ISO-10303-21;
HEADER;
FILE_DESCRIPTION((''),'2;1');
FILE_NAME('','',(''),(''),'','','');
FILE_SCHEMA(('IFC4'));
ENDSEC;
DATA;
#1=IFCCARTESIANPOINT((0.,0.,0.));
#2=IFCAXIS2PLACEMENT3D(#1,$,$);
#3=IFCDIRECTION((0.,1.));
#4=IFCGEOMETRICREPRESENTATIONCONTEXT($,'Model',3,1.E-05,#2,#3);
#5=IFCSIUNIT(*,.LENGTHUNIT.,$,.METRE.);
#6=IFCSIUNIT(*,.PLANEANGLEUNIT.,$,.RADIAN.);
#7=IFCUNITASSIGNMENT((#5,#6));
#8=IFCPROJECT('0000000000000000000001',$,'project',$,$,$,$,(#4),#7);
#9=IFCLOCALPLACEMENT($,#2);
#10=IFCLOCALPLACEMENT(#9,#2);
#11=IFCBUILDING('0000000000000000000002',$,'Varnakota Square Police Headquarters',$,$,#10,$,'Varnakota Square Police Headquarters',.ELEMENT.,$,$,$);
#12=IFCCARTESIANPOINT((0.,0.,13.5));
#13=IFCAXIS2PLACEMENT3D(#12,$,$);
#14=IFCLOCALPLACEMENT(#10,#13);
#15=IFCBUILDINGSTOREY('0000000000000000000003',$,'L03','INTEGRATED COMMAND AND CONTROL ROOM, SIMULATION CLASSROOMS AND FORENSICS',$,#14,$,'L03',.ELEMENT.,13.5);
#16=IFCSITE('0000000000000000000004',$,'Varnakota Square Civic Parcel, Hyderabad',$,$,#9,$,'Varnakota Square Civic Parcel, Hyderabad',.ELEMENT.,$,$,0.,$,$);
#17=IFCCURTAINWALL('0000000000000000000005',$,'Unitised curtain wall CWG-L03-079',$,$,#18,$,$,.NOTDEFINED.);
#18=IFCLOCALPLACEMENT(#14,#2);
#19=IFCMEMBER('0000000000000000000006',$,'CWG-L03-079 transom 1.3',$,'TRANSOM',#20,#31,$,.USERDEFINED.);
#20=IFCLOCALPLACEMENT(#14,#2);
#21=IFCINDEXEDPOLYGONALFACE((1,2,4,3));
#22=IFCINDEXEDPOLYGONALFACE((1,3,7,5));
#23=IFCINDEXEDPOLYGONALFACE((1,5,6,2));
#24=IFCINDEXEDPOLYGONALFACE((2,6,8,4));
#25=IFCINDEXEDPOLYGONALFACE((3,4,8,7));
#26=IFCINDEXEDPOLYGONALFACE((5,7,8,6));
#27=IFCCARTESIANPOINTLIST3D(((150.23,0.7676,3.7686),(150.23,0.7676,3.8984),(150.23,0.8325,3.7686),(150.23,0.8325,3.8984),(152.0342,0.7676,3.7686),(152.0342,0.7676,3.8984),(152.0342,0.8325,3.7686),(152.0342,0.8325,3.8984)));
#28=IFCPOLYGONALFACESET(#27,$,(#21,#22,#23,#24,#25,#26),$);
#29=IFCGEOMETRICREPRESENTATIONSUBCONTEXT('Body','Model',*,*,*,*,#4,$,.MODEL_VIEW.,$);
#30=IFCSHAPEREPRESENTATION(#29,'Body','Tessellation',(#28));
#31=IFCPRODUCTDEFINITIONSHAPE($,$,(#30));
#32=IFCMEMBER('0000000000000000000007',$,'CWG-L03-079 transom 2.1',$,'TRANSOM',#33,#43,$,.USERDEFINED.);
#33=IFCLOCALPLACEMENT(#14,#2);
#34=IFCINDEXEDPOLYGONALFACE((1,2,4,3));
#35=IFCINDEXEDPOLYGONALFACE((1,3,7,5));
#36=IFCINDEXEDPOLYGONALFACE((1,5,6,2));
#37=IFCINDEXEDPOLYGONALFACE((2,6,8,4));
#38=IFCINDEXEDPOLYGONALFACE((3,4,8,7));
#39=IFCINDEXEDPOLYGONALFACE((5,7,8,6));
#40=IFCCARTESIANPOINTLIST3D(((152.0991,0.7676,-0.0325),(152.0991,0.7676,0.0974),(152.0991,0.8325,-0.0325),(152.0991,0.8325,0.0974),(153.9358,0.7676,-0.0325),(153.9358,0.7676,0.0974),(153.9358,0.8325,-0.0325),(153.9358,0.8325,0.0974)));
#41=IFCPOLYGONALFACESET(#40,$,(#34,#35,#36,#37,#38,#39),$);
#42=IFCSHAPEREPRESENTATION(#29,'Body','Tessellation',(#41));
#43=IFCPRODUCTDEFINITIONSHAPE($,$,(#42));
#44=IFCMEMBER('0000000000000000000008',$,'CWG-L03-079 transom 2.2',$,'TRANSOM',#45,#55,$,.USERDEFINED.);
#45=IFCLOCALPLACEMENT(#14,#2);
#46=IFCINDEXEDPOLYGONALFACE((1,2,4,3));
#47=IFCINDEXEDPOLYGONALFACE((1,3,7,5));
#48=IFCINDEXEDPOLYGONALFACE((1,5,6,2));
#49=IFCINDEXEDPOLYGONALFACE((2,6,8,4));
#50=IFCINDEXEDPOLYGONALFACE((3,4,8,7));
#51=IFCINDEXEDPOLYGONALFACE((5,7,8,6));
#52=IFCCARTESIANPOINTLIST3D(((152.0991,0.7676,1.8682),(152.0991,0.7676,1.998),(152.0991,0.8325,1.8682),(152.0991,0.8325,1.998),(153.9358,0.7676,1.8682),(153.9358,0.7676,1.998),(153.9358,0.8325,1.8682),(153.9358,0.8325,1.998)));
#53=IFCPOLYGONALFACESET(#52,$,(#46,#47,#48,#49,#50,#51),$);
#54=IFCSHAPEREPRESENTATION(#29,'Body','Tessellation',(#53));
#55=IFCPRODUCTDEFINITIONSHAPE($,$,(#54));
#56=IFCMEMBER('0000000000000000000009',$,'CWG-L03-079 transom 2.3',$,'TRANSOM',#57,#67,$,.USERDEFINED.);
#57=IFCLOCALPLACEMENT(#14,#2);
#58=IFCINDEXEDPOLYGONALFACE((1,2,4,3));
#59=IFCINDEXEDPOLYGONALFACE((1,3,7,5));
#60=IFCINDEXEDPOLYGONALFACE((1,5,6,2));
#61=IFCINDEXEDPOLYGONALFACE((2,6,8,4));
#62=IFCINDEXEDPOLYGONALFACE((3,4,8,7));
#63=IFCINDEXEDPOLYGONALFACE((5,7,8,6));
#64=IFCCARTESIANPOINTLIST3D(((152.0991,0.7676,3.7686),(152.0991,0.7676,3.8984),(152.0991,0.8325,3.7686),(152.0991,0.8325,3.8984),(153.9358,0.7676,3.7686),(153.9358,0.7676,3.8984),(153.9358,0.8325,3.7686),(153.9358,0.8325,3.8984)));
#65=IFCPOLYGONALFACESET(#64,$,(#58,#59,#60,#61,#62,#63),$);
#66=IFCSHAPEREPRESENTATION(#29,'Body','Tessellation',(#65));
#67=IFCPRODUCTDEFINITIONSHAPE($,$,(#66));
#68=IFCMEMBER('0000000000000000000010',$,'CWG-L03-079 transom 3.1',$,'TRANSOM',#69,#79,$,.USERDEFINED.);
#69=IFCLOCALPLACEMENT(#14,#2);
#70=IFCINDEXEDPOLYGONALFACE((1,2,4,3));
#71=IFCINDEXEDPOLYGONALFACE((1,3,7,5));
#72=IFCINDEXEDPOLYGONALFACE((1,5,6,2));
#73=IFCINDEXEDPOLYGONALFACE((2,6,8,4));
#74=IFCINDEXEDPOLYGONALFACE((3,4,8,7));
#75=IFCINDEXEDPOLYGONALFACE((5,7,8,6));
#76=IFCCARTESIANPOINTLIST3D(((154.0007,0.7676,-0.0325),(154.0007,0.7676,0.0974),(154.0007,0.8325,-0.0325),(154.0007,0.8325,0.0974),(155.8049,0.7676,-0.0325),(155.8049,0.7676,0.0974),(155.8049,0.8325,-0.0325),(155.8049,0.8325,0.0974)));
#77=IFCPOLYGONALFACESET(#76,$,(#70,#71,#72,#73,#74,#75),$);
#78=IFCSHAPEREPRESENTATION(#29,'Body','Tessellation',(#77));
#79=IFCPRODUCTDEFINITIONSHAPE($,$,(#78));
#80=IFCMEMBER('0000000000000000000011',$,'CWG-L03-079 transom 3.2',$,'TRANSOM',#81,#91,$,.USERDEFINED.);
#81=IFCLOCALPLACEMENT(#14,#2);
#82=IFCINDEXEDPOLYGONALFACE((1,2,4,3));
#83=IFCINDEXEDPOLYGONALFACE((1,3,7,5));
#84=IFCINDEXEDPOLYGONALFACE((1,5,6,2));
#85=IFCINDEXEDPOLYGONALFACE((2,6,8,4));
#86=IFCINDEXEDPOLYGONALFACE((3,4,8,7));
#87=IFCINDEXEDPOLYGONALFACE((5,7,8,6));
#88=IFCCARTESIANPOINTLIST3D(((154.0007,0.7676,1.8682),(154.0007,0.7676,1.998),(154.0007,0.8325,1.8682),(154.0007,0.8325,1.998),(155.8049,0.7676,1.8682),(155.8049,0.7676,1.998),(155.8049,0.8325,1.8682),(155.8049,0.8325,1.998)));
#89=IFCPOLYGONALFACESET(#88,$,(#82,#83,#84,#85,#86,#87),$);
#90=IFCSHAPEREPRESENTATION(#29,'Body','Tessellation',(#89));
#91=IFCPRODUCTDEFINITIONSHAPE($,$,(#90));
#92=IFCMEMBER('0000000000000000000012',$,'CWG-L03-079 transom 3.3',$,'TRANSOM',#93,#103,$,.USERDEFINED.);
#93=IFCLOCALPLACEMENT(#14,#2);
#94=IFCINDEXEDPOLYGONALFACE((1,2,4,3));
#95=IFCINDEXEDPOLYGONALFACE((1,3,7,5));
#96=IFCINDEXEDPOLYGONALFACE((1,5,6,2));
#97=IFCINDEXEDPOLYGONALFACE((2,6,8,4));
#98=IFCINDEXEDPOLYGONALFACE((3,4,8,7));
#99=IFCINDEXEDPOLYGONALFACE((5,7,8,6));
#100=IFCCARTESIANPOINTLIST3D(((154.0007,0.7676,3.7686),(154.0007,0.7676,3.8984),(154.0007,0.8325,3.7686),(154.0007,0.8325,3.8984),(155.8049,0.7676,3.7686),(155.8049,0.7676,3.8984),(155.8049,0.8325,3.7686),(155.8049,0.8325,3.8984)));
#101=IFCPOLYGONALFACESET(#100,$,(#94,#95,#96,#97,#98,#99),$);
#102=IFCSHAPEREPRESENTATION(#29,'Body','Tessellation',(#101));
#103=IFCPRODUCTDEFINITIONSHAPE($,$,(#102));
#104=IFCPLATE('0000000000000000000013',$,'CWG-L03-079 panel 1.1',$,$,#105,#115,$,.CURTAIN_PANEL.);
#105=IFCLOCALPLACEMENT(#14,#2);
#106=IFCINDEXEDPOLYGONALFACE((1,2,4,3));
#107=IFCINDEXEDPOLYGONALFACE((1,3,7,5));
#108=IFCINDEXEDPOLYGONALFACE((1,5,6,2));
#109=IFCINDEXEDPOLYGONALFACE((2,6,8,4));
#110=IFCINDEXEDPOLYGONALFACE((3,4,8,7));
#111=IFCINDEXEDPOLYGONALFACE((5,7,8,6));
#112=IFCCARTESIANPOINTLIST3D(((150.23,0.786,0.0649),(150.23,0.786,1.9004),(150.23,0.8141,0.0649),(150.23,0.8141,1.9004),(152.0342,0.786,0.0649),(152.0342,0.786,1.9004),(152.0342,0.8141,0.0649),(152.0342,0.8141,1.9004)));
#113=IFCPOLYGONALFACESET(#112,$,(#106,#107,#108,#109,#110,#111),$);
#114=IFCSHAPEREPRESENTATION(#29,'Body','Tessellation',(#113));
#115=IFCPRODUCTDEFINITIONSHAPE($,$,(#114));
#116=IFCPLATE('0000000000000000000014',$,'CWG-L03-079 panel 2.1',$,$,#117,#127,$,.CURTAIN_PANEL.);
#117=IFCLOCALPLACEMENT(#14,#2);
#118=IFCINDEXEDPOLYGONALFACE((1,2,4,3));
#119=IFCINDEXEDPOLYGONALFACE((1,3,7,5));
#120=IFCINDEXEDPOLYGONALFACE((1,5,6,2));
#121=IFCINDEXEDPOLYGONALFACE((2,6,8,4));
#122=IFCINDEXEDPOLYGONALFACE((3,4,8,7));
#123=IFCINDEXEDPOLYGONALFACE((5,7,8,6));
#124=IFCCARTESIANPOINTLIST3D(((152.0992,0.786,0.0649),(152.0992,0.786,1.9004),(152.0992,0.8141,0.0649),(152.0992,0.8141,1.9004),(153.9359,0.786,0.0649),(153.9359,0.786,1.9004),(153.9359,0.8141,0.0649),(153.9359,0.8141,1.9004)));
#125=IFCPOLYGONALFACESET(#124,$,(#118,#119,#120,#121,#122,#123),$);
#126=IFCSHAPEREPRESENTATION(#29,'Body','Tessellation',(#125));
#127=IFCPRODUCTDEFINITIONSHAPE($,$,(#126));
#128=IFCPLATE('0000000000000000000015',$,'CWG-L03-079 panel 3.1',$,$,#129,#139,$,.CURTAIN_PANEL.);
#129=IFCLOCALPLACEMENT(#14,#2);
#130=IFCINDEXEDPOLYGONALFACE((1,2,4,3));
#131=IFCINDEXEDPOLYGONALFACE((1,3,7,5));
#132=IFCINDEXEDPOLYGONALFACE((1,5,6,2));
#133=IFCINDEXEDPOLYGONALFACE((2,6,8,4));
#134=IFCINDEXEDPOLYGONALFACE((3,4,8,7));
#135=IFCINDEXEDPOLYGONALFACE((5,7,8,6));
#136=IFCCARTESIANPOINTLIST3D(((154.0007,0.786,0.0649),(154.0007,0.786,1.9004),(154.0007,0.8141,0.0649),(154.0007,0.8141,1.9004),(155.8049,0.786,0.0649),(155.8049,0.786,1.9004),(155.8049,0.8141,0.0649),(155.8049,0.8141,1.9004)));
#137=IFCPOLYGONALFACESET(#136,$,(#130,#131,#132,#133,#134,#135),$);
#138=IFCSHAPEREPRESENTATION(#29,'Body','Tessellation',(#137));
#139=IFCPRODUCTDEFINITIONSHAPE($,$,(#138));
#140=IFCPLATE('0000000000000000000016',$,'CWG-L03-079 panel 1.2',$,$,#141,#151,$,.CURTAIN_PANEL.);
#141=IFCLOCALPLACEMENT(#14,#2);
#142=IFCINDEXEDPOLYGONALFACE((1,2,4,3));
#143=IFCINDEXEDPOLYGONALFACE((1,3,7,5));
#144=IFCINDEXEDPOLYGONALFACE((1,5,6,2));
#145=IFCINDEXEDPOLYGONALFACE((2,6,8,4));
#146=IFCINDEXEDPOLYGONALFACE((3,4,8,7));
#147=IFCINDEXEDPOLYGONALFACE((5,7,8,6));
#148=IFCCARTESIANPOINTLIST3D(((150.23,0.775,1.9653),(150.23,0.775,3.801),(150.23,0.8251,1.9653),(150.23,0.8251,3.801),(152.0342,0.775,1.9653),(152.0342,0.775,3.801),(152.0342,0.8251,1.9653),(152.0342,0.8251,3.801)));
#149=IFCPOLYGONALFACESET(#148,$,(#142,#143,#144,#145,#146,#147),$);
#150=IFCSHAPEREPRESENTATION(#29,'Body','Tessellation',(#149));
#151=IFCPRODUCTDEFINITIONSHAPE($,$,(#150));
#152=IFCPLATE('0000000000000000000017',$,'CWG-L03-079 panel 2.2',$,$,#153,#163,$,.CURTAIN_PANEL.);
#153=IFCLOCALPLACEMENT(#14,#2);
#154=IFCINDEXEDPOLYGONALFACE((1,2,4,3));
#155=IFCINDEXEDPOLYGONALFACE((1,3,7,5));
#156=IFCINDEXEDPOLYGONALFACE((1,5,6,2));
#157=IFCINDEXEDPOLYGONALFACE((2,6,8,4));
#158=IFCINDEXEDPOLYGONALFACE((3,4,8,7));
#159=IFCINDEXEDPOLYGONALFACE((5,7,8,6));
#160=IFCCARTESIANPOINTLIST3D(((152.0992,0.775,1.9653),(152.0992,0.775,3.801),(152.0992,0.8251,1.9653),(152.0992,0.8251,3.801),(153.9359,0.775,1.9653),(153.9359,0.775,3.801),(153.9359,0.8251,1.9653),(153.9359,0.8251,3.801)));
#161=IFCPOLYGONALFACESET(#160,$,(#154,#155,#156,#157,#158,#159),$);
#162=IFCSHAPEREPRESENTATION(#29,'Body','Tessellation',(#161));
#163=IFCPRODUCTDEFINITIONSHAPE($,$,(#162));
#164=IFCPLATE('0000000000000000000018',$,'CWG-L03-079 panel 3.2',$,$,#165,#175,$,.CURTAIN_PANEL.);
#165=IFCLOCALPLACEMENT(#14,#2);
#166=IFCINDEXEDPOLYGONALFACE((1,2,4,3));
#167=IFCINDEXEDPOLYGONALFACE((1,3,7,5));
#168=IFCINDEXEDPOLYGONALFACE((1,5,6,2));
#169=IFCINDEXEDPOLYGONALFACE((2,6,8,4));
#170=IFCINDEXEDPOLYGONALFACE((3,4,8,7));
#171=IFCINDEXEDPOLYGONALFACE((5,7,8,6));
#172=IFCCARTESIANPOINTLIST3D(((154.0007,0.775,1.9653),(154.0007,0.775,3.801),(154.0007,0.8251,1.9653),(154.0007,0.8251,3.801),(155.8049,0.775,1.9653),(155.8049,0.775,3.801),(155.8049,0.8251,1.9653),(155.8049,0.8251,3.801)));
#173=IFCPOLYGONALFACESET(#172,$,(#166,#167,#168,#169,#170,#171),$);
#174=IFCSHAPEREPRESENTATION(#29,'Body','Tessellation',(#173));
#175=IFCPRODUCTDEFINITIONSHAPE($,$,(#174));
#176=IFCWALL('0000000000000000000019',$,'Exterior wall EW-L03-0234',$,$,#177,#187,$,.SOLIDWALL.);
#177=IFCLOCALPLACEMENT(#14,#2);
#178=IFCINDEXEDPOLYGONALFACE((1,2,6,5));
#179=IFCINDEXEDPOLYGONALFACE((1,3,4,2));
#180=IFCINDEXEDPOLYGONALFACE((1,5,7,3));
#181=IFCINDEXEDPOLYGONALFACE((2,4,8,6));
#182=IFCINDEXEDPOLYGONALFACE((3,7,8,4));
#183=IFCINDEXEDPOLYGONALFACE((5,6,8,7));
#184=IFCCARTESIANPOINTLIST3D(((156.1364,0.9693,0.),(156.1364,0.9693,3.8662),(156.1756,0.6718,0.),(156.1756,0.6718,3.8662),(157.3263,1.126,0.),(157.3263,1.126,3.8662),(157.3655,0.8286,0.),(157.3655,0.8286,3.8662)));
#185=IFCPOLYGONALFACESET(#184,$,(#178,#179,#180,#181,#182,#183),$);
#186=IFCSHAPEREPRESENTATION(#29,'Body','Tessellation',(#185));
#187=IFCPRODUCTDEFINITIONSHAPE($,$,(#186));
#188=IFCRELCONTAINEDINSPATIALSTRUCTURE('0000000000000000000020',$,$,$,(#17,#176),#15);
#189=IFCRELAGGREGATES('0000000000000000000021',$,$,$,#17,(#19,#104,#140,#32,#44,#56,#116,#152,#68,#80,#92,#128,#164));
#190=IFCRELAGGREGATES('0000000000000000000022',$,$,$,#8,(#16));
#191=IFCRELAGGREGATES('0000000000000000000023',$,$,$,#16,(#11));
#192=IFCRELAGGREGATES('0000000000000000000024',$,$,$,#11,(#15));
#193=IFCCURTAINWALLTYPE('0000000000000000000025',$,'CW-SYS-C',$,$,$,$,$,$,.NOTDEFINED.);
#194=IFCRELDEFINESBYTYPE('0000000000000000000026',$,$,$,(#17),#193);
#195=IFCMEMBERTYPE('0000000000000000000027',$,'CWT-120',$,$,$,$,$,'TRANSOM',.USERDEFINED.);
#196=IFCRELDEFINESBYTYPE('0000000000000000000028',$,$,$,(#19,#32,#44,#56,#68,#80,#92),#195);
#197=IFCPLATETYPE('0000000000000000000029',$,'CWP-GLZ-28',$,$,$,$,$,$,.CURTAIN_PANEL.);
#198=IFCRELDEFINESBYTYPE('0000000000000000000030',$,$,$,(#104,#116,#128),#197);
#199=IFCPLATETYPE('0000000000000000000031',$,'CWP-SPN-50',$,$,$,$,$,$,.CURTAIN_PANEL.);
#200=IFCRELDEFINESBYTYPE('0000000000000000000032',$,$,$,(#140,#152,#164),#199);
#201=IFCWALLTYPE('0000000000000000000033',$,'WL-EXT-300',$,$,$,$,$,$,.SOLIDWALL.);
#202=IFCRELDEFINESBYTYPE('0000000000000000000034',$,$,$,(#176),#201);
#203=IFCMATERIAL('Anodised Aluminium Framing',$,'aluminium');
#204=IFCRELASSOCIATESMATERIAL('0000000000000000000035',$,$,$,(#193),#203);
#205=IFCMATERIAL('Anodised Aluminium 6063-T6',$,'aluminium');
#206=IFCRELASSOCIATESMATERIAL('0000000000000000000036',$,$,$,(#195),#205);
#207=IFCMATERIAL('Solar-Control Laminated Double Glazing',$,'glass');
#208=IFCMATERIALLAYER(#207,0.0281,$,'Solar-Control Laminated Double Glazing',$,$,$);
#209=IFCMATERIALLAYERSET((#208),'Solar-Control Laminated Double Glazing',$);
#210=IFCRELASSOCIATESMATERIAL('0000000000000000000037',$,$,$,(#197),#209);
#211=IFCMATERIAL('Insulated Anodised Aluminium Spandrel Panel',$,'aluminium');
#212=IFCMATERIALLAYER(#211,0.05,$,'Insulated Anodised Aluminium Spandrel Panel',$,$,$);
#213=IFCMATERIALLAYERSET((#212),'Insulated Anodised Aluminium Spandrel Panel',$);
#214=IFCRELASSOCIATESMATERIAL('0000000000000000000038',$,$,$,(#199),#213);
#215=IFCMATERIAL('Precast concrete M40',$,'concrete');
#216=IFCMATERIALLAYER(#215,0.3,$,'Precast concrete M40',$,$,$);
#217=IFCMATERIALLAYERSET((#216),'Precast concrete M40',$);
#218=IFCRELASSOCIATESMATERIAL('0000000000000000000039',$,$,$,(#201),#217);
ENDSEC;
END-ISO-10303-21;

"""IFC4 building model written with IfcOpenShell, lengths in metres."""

from ifc_helpers import new_model, si_unit, direction, frame, frame_2d, origin, origin_2d, place, context, subcontext, project, spatial, rectangle, extrude, material, layer, layer_set, material_profile, profile_set, type_object, element, aggregate, save


model = new_model("IFC4")

# Units and contexts
model_context = context("Model", 3, precision=1e-05, world=origin(), true_north=direction((0.0, 1.0)))
body_context = subcontext(model_context, "Body", "Model", "MODEL_VIEW")
ifc_project = project(units=[si_unit("LENGTHUNIT", "METRE"), si_unit("PLANEANGLEUNIT", "RADIAN")], contexts=[model_context])

# Site, building, storey
site_placement = place(None, origin())
site = spatial("IfcSite", under=ifc_project, at=site_placement, Name="Varnakota Square Civic Parcel, Hyderabad", LongName="Varnakota Square Civic Parcel, Hyderabad", CompositionType="ELEMENT", RefElevation=0.0)
building_placement = place(site_placement, origin())
building = spatial("IfcBuilding", under=site, at=building_placement, Name="Varnakota Square Police Headquarters", LongName="Varnakota Square Police Headquarters", CompositionType="ELEMENT")
storey_placement = place(building_placement, frame((0.0, 0.0, 13.5)))
storey = spatial("IfcBuildingStorey", under=building, at=storey_placement, Name="L03", Description="INTEGRATED COMMAND AND CONTROL ROOM, SIMULATION CLASSROOMS AND FORENSICS", LongName="L03", CompositionType="ELEMENT", Elevation=13.5)

# Curtain wall, members, plates
ifc_material_1 = material(Name="Anodised Aluminium Framing", Category="aluminium")
curtain_wall_type = type_object("IfcCurtainWallType", Name="CW-SYS-C", PredefinedType="NOTDEFINED", material=ifc_material_1)
curtain_wall_placement = place(storey_placement, origin())
curtain_wall = element("IfcCurtainWall", 1, at=curtain_wall_placement, inside=storey, type_object=curtain_wall_type, Name="Unitised curtain wall CWG-L03-079", PredefinedType="NOTDEFINED")
ifc_material_2 = material(Name="Anodised Aluminium 6063-T6", Category="aluminium")
ifc_material_profile_1 = material_profile(ifc_material_2, rectangle(XDim=0.0649, YDim=0.1299, at=origin_2d()), Name="ALU TRANSOM 65x130")
ifc_profile_set_1 = profile_set([ifc_material_profile_1], Name="Anodised Aluminium 6063-T6")
member_type_1 = type_object("IfcMemberType", Name="CWT-120", ElementType="TRANSOM", PredefinedType="USERDEFINED", material=ifc_profile_set_1)
member_1_placement = place(storey_placement, frame((150.23, 0.8, 3.8335), z_axis=(1.0, 0.0, 0.0), x_axis=(0.0, 1.0, 0.0)))
member_1 = element("IfcMember", 2, at=member_1_placement, type_object=member_type_1, Name="CWG-L03-079 transom 1.3", ObjectType="TRANSOM", PredefinedType="USERDEFINED", context=body_context, shape_type="SweptSolid", body=[
    extrude(rectangle(XDim=0.0649, YDim=0.1299, at=origin_2d()), origin(), (0.0, 0.0, 1.0), 1.8042),
])
member_2_placement = place(storey_placement, frame((152.0991, 0.8, 0.0325), z_axis=(1.0, 0.0, 0.0), x_axis=(0.0, 1.0, 0.0)))
member_2 = element("IfcMember", 3, at=member_2_placement, type_object=member_type_1, Name="CWG-L03-079 transom 2.1", ObjectType="TRANSOM", PredefinedType="USERDEFINED", context=body_context, shape_type="SweptSolid", body=[
    extrude(rectangle(XDim=0.0649, YDim=0.1299, at=origin_2d()), origin(), (0.0, 0.0, 1.0), 1.8367),
])
member_3_placement = place(storey_placement, frame((152.0991, 0.8, 1.9331), z_axis=(1.0, 0.0, 0.0), x_axis=(0.0, 1.0, 0.0)))
member_3 = element("IfcMember", 4, at=member_3_placement, type_object=member_type_1, Name="CWG-L03-079 transom 2.2", ObjectType="TRANSOM", PredefinedType="USERDEFINED", context=body_context, shape_type="SweptSolid", body=[
    extrude(rectangle(XDim=0.0649, YDim=0.1299, at=origin_2d()), origin(), (0.0, 0.0, 1.0), 1.8367),
])
member_4_placement = place(storey_placement, frame((152.0991, 0.8, 3.8335), z_axis=(1.0, 0.0, 0.0), x_axis=(0.0, 1.0, 0.0)))
member_4 = element("IfcMember", 5, at=member_4_placement, type_object=member_type_1, Name="CWG-L03-079 transom 2.3", ObjectType="TRANSOM", PredefinedType="USERDEFINED", context=body_context, shape_type="SweptSolid", body=[
    extrude(rectangle(XDim=0.0649, YDim=0.1299, at=origin_2d()), origin(), (0.0, 0.0, 1.0), 1.8367),
])
member_5_placement = place(storey_placement, frame((154.0007, 0.8, 0.0325), z_axis=(1.0, 0.0, 0.0), x_axis=(0.0, 1.0, 0.0)))
member_5 = element("IfcMember", 6, at=member_5_placement, type_object=member_type_1, Name="CWG-L03-079 transom 3.1", ObjectType="TRANSOM", PredefinedType="USERDEFINED", context=body_context, shape_type="SweptSolid", body=[
    extrude(rectangle(XDim=0.0649, YDim=0.1299, at=origin_2d()), origin(), (0.0, 0.0, 1.0), 1.8042),
])
member_6_placement = place(storey_placement, frame((154.0007, 0.8, 1.9331), z_axis=(1.0, 0.0, 0.0), x_axis=(0.0, 1.0, 0.0)))
member_6 = element("IfcMember", 7, at=member_6_placement, type_object=member_type_1, Name="CWG-L03-079 transom 3.2", ObjectType="TRANSOM", PredefinedType="USERDEFINED", context=body_context, shape_type="SweptSolid", body=[
    extrude(rectangle(XDim=0.0649, YDim=0.1299, at=origin_2d()), origin(), (0.0, 0.0, 1.0), 1.8042),
])
member_7_placement = place(storey_placement, frame((154.0007, 0.8, 3.8335), z_axis=(1.0, 0.0, 0.0), x_axis=(0.0, 1.0, 0.0)))
member_7 = element("IfcMember", 8, at=member_7_placement, type_object=member_type_1, Name="CWG-L03-079 transom 3.3", ObjectType="TRANSOM", PredefinedType="USERDEFINED", context=body_context, shape_type="SweptSolid", body=[
    extrude(rectangle(XDim=0.0649, YDim=0.1299, at=origin_2d()), origin(), (0.0, 0.0, 1.0), 1.8042),
])
ifc_material_3 = material(Name="Solar-Control Laminated Double Glazing", Category="glass")
ifc_layer_1 = layer(ifc_material_3, 0.0281, Name="Solar-Control Laminated Double Glazing")
ifc_layer_set_1 = layer_set([ifc_layer_1], Name="Solar-Control Laminated Double Glazing")
plate_type_1 = type_object("IfcPlateType", Name="CWP-GLZ-28", PredefinedType="CURTAIN_PANEL", material=ifc_layer_set_1)
plate_1_placement = place(storey_placement, frame((151.1321, 0.8, 0.0649), z_axis=(0.0, 0.0, 1.0), x_axis=(1.0, 0.0, 0.0)))
plate_1 = element("IfcPlate", 9, at=plate_1_placement, type_object=plate_type_1, Name="CWG-L03-079 panel 1.1", PredefinedType="CURTAIN_PANEL", context=body_context, shape_type="SweptSolid", body=[
    extrude(rectangle(XDim=1.8042, YDim=0.0281, at=origin_2d()), origin(), (0.0, 0.0, 1.0), 1.8354),
])
plate_2_placement = place(storey_placement, frame((153.0176, 0.8, 0.0649), z_axis=(0.0, 0.0, 1.0), x_axis=(1.0, 0.0, 0.0)))
plate_2 = element("IfcPlate", 10, at=plate_2_placement, type_object=plate_type_1, Name="CWG-L03-079 panel 2.1", PredefinedType="CURTAIN_PANEL", context=body_context, shape_type="SweptSolid", body=[
    extrude(rectangle(XDim=1.8367, YDim=0.0281, at=origin_2d()), origin(), (0.0, 0.0, 1.0), 1.8354),
])
plate_3_placement = place(storey_placement, frame((154.9028, 0.8, 0.0649), z_axis=(0.0, 0.0, 1.0), x_axis=(1.0, 0.0, 0.0)))
plate_3 = element("IfcPlate", 11, at=plate_3_placement, type_object=plate_type_1, Name="CWG-L03-079 panel 3.1", PredefinedType="CURTAIN_PANEL", context=body_context, shape_type="SweptSolid", body=[
    extrude(rectangle(XDim=1.8042, YDim=0.0281, at=origin_2d()), origin(), (0.0, 0.0, 1.0), 1.8354),
])
ifc_material_4 = material(Name="Insulated Anodised Aluminium Spandrel Panel", Category="aluminium")
ifc_layer_2 = layer(ifc_material_4, 0.05, Name="Insulated Anodised Aluminium Spandrel Panel")
ifc_layer_set_2 = layer_set([ifc_layer_2], Name="Insulated Anodised Aluminium Spandrel Panel")
plate_type_2 = type_object("IfcPlateType", Name="CWP-SPN-50", PredefinedType="CURTAIN_PANEL", material=ifc_layer_set_2)
plate_4_placement = place(storey_placement, frame((151.1321, 0.8, 1.9653), z_axis=(0.0, 0.0, 1.0), x_axis=(1.0, 0.0, 0.0)))
plate_4 = element("IfcPlate", 12, at=plate_4_placement, type_object=plate_type_2, Name="CWG-L03-079 panel 1.2", PredefinedType="CURTAIN_PANEL", context=body_context, shape_type="SweptSolid", body=[
    extrude(rectangle(XDim=1.8042, YDim=0.05, at=origin_2d()), origin(), (0.0, 0.0, 1.0), 1.8357),
])
plate_5_placement = place(storey_placement, frame((153.0176, 0.8, 1.9653), z_axis=(0.0, 0.0, 1.0), x_axis=(1.0, 0.0, 0.0)))
plate_5 = element("IfcPlate", 13, at=plate_5_placement, type_object=plate_type_2, Name="CWG-L03-079 panel 2.2", PredefinedType="CURTAIN_PANEL", context=body_context, shape_type="SweptSolid", body=[
    extrude(rectangle(XDim=1.8367, YDim=0.05, at=origin_2d()), origin(), (0.0, 0.0, 1.0), 1.8357),
])
plate_6_placement = place(storey_placement, frame((154.9028, 0.8, 1.9653), z_axis=(0.0, 0.0, 1.0), x_axis=(1.0, 0.0, 0.0)))
plate_6 = element("IfcPlate", 14, at=plate_6_placement, type_object=plate_type_2, Name="CWG-L03-079 panel 3.2", PredefinedType="CURTAIN_PANEL", context=body_context, shape_type="SweptSolid", body=[
    extrude(rectangle(XDim=1.8042, YDim=0.05, at=origin_2d()), origin(), (0.0, 0.0, 1.0), 1.8357),
])
aggregate(curtain_wall, [member_1, plate_1, plate_4, member_2, member_3, member_4, plate_2, plate_5, member_5, member_6, member_7, plate_3, plate_6])

# Wall
ifc_material_5 = material(Name="Precast concrete M40", Category="concrete")
ifc_layer_3 = layer(ifc_material_5, 0.3, Name="Precast concrete M40")
ifc_layer_set_3 = layer_set([ifc_layer_3], Name="Precast concrete M40")
wall_type = type_object("IfcWallType", Name="WL-EXT-300", PredefinedType="SOLIDWALL", material=ifc_layer_set_3)
wall_placement = place(storey_placement, frame((156.156, 0.8206, 0.0), z_axis=(0.0, 0.0, 1.0), x_axis=(0.991436, 0.130591, 0.0)))
element("IfcWall", 15, at=wall_placement, inside=storey, type_object=wall_type, Name="Exterior wall EW-L03-0234", PredefinedType="SOLIDWALL", context=body_context, shape_type="SweptSolid", body=[
    extrude(rectangle(XDim=1.2002, YDim=0.3, at=frame_2d((0.6001, 0.0))), origin(), (0.0, 0.0, 1.0), 3.8662),
])

save(model, "model.ifc")
